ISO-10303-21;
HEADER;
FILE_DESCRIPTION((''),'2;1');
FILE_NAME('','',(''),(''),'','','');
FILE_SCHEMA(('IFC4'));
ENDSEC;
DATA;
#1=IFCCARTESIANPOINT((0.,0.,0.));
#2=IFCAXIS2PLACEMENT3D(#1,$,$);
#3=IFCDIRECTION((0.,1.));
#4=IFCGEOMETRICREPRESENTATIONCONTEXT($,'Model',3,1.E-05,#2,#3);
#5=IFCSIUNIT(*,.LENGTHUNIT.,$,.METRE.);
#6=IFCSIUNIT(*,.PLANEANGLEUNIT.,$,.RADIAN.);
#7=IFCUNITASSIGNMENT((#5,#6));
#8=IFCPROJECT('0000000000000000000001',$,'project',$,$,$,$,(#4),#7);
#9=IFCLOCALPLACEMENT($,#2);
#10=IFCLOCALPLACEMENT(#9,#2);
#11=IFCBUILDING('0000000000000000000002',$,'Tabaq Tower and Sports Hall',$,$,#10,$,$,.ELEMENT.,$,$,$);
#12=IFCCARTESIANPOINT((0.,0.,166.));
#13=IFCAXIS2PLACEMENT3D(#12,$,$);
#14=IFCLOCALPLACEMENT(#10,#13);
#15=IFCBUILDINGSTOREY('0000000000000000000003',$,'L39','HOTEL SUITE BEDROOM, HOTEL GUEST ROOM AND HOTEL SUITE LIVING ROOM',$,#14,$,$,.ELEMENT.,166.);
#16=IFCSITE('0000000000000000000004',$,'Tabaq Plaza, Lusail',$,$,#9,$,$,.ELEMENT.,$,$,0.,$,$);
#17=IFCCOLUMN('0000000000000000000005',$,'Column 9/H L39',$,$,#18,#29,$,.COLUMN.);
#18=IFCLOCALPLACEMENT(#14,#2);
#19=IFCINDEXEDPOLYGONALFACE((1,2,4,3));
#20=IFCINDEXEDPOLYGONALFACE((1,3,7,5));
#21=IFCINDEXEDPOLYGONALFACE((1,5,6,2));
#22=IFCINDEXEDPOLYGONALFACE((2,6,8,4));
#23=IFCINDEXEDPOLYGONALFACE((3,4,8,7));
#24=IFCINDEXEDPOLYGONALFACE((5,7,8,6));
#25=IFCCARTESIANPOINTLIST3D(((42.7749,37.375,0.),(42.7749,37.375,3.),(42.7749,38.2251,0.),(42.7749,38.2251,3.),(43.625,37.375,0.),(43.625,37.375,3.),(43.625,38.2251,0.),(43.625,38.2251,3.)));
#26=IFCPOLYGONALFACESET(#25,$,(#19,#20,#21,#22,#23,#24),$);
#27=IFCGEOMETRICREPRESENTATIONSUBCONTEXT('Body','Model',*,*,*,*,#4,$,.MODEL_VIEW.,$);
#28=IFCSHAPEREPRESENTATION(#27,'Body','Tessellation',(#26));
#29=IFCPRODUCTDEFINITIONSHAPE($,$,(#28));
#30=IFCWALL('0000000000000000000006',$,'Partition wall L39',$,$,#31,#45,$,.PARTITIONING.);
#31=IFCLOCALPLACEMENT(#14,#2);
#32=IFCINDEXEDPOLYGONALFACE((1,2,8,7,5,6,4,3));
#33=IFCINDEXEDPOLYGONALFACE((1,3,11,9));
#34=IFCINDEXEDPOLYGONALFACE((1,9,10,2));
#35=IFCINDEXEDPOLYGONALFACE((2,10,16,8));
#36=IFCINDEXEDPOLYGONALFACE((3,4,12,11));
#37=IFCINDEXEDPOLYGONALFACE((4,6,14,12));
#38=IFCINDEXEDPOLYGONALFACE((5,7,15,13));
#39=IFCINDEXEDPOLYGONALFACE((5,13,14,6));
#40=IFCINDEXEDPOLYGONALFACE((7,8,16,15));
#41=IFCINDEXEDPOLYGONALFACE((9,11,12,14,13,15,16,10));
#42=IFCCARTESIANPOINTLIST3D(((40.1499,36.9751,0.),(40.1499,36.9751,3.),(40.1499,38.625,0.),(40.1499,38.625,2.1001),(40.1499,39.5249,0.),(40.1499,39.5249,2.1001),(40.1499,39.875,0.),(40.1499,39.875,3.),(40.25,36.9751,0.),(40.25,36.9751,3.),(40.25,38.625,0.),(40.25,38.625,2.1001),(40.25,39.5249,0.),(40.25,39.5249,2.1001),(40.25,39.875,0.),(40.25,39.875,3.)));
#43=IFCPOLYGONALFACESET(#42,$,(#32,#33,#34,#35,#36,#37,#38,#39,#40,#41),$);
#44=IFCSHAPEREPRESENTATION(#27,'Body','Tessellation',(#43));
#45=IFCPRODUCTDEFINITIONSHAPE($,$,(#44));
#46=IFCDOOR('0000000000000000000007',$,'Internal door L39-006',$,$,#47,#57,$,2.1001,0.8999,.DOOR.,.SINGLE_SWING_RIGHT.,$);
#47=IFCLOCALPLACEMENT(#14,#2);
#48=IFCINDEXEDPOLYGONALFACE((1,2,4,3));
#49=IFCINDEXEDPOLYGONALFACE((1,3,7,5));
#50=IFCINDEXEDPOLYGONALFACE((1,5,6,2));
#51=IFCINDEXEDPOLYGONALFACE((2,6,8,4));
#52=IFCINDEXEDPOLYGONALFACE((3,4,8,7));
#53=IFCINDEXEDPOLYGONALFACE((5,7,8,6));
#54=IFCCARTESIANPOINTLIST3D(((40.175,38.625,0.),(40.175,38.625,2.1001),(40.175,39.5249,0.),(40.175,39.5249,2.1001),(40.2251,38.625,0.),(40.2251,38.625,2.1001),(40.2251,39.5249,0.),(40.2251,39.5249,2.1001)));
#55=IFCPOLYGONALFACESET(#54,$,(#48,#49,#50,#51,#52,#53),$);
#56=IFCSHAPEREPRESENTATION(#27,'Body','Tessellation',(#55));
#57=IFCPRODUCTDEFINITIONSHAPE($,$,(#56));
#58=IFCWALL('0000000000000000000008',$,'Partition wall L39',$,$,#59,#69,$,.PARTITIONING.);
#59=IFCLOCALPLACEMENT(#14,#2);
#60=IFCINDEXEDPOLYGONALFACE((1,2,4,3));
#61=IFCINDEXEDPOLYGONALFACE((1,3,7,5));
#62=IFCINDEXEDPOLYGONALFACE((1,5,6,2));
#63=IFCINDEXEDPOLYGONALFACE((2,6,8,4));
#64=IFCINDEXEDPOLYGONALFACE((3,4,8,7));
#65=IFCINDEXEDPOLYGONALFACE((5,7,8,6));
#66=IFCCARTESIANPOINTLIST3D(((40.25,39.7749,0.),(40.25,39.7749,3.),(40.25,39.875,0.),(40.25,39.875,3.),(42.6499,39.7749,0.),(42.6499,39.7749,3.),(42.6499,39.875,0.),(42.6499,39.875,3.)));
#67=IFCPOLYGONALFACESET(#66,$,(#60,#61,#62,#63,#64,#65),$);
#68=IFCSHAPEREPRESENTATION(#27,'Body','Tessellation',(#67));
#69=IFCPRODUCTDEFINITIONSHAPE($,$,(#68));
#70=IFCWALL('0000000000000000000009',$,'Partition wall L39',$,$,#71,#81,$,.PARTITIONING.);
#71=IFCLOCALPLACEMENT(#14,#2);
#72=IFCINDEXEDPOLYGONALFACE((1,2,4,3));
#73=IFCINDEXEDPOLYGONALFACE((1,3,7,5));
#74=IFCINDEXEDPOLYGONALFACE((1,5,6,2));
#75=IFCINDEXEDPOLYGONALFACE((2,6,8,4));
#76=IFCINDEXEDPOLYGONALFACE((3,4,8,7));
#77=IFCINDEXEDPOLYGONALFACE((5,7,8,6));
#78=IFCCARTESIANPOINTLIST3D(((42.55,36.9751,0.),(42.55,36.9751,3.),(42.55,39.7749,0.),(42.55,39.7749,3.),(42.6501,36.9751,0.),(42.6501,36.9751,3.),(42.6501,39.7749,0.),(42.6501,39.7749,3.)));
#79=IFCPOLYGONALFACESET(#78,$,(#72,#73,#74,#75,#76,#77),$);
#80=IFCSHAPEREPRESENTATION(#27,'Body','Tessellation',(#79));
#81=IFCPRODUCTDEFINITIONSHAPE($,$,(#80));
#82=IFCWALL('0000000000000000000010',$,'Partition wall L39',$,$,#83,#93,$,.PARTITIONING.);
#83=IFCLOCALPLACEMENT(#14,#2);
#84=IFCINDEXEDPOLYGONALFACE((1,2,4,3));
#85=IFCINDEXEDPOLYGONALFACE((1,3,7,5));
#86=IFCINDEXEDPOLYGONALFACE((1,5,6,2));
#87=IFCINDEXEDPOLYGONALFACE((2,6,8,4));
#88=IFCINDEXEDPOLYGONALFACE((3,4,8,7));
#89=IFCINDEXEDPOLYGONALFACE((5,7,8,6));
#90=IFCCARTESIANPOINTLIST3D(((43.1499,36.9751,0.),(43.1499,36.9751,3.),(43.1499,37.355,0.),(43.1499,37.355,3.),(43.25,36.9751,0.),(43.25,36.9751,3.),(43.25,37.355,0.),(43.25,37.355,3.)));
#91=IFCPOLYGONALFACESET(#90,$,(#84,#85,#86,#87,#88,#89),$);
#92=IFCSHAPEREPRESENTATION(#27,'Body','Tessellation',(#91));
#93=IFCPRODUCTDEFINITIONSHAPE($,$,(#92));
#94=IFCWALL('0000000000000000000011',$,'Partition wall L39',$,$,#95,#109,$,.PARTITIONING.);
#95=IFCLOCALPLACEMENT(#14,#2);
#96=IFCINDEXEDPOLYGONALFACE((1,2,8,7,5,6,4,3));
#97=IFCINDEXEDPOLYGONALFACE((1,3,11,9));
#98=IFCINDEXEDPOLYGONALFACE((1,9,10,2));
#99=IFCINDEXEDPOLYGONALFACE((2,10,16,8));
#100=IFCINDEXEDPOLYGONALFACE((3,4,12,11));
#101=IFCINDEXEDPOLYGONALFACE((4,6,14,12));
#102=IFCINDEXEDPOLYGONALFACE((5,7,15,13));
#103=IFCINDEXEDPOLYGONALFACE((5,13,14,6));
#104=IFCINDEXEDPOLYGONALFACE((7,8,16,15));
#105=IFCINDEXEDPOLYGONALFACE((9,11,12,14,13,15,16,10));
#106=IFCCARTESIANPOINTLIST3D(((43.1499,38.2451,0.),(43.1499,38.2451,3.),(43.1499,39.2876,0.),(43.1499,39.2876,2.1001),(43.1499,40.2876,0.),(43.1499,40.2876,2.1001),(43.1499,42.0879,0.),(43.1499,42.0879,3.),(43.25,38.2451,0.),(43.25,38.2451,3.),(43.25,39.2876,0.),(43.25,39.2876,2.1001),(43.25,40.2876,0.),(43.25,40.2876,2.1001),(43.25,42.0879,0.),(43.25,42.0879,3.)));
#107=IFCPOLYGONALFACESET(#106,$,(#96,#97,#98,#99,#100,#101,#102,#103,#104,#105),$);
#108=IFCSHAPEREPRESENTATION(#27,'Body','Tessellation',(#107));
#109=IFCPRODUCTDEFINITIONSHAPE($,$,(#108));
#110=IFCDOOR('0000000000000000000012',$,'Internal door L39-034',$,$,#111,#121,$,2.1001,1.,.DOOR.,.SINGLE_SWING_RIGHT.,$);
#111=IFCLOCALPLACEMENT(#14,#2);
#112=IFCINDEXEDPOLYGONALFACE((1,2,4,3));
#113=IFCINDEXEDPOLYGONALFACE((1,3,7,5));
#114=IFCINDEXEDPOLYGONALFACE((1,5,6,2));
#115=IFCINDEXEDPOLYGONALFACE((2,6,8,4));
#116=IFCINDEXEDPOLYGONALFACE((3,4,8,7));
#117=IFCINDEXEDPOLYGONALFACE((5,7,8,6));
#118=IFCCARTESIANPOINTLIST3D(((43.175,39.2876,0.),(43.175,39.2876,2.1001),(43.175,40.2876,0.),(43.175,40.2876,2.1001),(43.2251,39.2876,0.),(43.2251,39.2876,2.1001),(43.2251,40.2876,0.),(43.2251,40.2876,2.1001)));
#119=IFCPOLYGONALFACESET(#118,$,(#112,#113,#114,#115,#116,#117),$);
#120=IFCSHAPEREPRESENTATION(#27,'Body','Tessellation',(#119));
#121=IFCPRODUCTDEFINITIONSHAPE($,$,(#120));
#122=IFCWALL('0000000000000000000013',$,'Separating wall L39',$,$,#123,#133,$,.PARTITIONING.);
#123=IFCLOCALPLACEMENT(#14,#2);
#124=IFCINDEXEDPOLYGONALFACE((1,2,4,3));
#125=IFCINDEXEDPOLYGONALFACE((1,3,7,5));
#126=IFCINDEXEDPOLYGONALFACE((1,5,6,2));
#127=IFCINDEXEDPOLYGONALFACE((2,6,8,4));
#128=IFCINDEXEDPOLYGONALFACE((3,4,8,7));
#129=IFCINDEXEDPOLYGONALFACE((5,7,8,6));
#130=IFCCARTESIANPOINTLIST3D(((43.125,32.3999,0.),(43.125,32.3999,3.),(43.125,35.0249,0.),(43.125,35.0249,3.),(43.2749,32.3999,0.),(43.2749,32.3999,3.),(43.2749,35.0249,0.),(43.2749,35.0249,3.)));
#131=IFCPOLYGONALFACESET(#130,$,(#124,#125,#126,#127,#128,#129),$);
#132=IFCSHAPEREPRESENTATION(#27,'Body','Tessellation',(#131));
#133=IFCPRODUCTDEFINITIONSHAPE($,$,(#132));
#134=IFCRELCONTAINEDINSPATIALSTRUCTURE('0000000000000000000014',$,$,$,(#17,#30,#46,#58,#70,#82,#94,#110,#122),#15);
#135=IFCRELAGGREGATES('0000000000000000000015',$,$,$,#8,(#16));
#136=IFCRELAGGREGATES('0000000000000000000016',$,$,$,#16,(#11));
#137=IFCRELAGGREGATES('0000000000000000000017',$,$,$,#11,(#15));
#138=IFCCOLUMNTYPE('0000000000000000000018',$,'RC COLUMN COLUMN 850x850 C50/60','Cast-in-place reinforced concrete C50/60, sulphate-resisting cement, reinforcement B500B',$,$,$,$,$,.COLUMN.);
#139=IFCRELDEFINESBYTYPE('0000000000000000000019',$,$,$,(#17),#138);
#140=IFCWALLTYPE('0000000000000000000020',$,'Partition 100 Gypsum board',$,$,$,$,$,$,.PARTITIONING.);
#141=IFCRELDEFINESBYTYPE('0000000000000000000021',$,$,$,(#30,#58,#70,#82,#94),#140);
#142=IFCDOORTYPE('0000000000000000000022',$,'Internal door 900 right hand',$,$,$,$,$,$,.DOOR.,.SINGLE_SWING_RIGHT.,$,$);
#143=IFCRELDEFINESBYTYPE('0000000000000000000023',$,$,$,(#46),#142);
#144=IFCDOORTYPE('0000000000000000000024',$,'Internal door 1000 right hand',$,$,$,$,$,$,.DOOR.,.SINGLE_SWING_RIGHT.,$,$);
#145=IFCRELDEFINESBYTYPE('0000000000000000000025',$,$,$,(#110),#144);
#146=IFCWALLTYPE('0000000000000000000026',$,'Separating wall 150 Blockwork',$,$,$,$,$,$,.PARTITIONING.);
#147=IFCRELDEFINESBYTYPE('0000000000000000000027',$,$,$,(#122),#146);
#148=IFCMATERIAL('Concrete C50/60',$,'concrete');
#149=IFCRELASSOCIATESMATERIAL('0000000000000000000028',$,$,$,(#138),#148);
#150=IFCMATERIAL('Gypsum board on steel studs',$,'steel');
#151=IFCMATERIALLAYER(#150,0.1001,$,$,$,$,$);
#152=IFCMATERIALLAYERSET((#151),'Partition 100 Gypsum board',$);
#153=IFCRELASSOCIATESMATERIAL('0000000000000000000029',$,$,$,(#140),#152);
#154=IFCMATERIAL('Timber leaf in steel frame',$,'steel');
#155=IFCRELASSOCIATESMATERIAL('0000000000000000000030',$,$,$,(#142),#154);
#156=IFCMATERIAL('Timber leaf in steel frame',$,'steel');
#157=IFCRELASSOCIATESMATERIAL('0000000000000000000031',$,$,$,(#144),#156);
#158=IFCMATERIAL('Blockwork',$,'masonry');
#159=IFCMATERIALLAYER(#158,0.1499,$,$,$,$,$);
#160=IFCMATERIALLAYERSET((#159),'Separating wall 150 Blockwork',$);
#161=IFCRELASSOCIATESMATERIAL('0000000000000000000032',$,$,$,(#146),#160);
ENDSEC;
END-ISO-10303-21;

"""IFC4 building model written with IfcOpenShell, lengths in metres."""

from ifc_helpers import new_model, si_unit, direction, frame, frame_2d, origin, origin_2d, place, context, subcontext, project, spatial, rectangle, extrude, material, layer, layer_set, material_profile, profile_set, type_object, element, fill, save


model = new_model("IFC4")

# Units and contexts
model_context = context("Model", 3, precision=1e-05, world=origin(), true_north=direction((0.0, 1.0)))
body_context = subcontext(model_context, "Body", "Model", "MODEL_VIEW")
ifc_project = project(units=[si_unit("LENGTHUNIT", "METRE"), si_unit("PLANEANGLEUNIT", "RADIAN")], contexts=[model_context])

# Site, building, storey
site_placement = place(None, origin())
site = spatial("IfcSite", under=ifc_project, at=site_placement, Name="Tabaq Plaza, Lusail", CompositionType="ELEMENT", RefElevation=0.0)
building_placement = place(site_placement, origin())
building = spatial("IfcBuilding", under=site, at=building_placement, Name="Tabaq Tower and Sports Hall", CompositionType="ELEMENT")
storey_placement = place(building_placement, frame((0.0, 0.0, 166.0)))
storey = spatial("IfcBuildingStorey", under=building, at=storey_placement, Name="L39", Description="HOTEL SUITE BEDROOM, HOTEL GUEST ROOM AND HOTEL SUITE LIVING ROOM", CompositionType="ELEMENT", Elevation=166.0)

# Column
ifc_material_1 = material(Name="Concrete C50/60", Category="concrete")
ifc_material_profile = material_profile(ifc_material_1, rectangle(XDim=0.8501, YDim=0.8501, at=origin_2d()), Name="COLUMN 850x850")
ifc_profile_set = profile_set([ifc_material_profile], Name="Concrete C50/60")
column_type = type_object("IfcColumnType", Name="RC COLUMN COLUMN 850x850 C50/60", Description="Cast-in-place reinforced concrete C50/60, sulphate-resisting cement, reinforcement B500B", PredefinedType="COLUMN", material=ifc_profile_set)
column_placement = place(storey_placement, frame((43.2, 37.8, 0.0), z_axis=(0.0, 0.0, 1.0), x_axis=(1.0, 0.0, 0.0)))
element("IfcColumn", 1, at=column_placement, inside=storey, type_object=column_type, Name="Column 9/H L39", PredefinedType="COLUMN", context=body_context, shape_type="SweptSolid", body=[
    extrude(rectangle(XDim=0.8501, YDim=0.8501, at=origin_2d()), origin(), (0.0, 0.0, 1.0), 3.0),
])

# Wall, opening, door
ifc_material_2 = material(Name="Gypsum board on steel studs", Category="steel")
ifc_layer_1 = layer(ifc_material_2, 0.1001)
ifc_layer_set_1 = layer_set([ifc_layer_1], Name="Partition 100 Gypsum board")
wall_type_1 = type_object("IfcWallType", Name="Partition 100 Gypsum board", PredefinedType="PARTITIONING", material=ifc_layer_set_1)
wall_1_placement = place(storey_placement, frame((40.2, 36.9751, 0.0), z_axis=(0.0, 0.0, 1.0), x_axis=(0.0, 1.0, 0.0)))
wall_1 = element("IfcWall", 2, at=wall_1_placement, inside=storey, type_object=wall_type_1, Name="Partition wall L39", PredefinedType="PARTITIONING", context=body_context, shape_type="SweptSolid", body=[
    extrude(rectangle(XDim=2.8999, YDim=0.1001, at=frame_2d((1.45, 0.0))), origin(), (0.0, 0.0, 1.0), 3.0),
])
opening_1_placement = place(wall_1_placement, frame((1.6499, 0.0, 0.0)))
opening_1 = element("IfcOpeningElement", 3, at=opening_1_placement, cuts=wall_1, PredefinedType="OPENING", context=body_context, shape_type="SweptSolid", body=[
    extrude(rectangle(XDim=0.8999, YDim=2.1001, at=frame_2d((0.45, 1.05))), frame((0.0, 0.05, 0.0), z_axis=(0.0, -1.0, 0.0), x_axis=(1.0, 0.0, 0.0)), (0.0, 0.0, 1.0), 0.1001),
])
ifc_material_3 = material(Name="Timber leaf in steel frame", Category="steel")
door_type_1 = type_object("IfcDoorType", Name="Internal door 900 right hand", OperationType="SINGLE_SWING_RIGHT", PredefinedType="DOOR", material=ifc_material_3)
door_1_placement = place(opening_1_placement, origin())
door_1 = element("IfcDoor", 4, at=door_1_placement, inside=storey, type_object=door_type_1, Name="Internal door L39-006", OperationType="SINGLE_SWING_RIGHT", OverallHeight=2.1001, OverallWidth=0.8999, PredefinedType="DOOR", context=body_context, shape_type="SweptSolid", body=[
    extrude(rectangle(XDim=0.8999, YDim=2.1001, at=frame_2d((0.45, 1.05))), frame((0.0, 0.0249, 0.0), z_axis=(0.0, -1.0, 0.0), x_axis=(1.0, 0.0, 0.0)), (0.0, 0.0, 1.0), 0.05),
])
fill(opening_1, door_1)

# Walls
wall_2_placement = place(storey_placement, frame((40.25, 39.825, 0.0), z_axis=(0.0, 0.0, 1.0), x_axis=(1.0, 0.0, 0.0)))
element("IfcWall", 5, at=wall_2_placement, inside=storey, type_object=wall_type_1, Name="Partition wall L39", PredefinedType="PARTITIONING", context=body_context, shape_type="SweptSolid", body=[
    extrude(rectangle(XDim=2.3999, YDim=0.1001, at=frame_2d((1.2, 0.0))), origin(), (0.0, 0.0, 1.0), 3.0),
])
wall_3_placement = place(storey_placement, frame((42.6001, 39.7749, 0.0), z_axis=(0.0, 0.0, 1.0), x_axis=(0.0, -1.0, 0.0)))
element("IfcWall", 6, at=wall_3_placement, inside=storey, type_object=wall_type_1, Name="Partition wall L39", PredefinedType="PARTITIONING", context=body_context, shape_type="SweptSolid", body=[
    extrude(rectangle(XDim=2.7998, YDim=0.1001, at=frame_2d((1.3999, 0.0))), origin(), (0.0, 0.0, 1.0), 3.0),
])
wall_4_placement = place(storey_placement, frame((43.2, 36.9751, 0.0), z_axis=(0.0, 0.0, 1.0), x_axis=(0.0, 1.0, 0.0)))
element("IfcWall", 7, at=wall_4_placement, inside=storey, type_object=wall_type_1, Name="Partition wall L39", PredefinedType="PARTITIONING", context=body_context, shape_type="SweptSolid", body=[
    extrude(rectangle(XDim=0.3799, YDim=0.1001, at=frame_2d((0.1899, 0.0))), origin(), (0.0, 0.0, 1.0), 3.0),
])

# Wall, opening, door
wall_5_placement = place(storey_placement, frame((43.2, 38.2451, 0.0), z_axis=(0.0, 0.0, 1.0), x_axis=(0.0, 1.0, 0.0)))
wall_5 = element("IfcWall", 8, at=wall_5_placement, inside=storey, type_object=wall_type_1, Name="Partition wall L39", PredefinedType="PARTITIONING", context=body_context, shape_type="SweptSolid", body=[
    extrude(rectangle(XDim=3.8428, YDim=0.1001, at=frame_2d((1.9214, 0.0))), origin(), (0.0, 0.0, 1.0), 3.0),
])
opening_2_placement = place(wall_5_placement, frame((1.0425, 0.0, 0.0)))
opening_2 = element("IfcOpeningElement", 9, at=opening_2_placement, cuts=wall_5, PredefinedType="OPENING", context=body_context, shape_type="SweptSolid", body=[
    extrude(rectangle(XDim=1.0, YDim=2.1001, at=frame_2d((0.5, 1.05))), frame((0.0, 0.05, 0.0), z_axis=(0.0, -1.0, 0.0), x_axis=(1.0, 0.0, 0.0)), (0.0, 0.0, 1.0), 0.1001),
])
ifc_material_4 = material(Name="Timber leaf in steel frame", Category="steel")
door_type_2 = type_object("IfcDoorType", Name="Internal door 1000 right hand", OperationType="SINGLE_SWING_RIGHT", PredefinedType="DOOR", material=ifc_material_4)
door_2_placement = place(opening_2_placement, origin())
door_2 = element("IfcDoor", 10, at=door_2_placement, inside=storey, type_object=door_type_2, Name="Internal door L39-034", OperationType="SINGLE_SWING_RIGHT", OverallHeight=2.1001, OverallWidth=1.0, PredefinedType="DOOR", context=body_context, shape_type="SweptSolid", body=[
    extrude(rectangle(XDim=1.0, YDim=2.1001, at=frame_2d((0.5, 1.05))), frame((0.0, 0.0249, 0.0), z_axis=(0.0, -1.0, 0.0), x_axis=(1.0, 0.0, 0.0)), (0.0, 0.0, 1.0), 0.05),
])
fill(opening_2, door_2)

# Wall
ifc_material_5 = material(Name="Blockwork", Category="masonry")
ifc_layer_2 = layer(ifc_material_5, 0.1499)
ifc_layer_set_2 = layer_set([ifc_layer_2], Name="Separating wall 150 Blockwork")
wall_type_2 = type_object("IfcWallType", Name="Separating wall 150 Blockwork", PredefinedType="PARTITIONING", material=ifc_layer_set_2)
wall_6_placement = place(storey_placement, frame((43.2, 35.0249, 0.0), z_axis=(0.0, 0.0, 1.0), x_axis=(0.0, -1.0, 0.0)))
element("IfcWall", 11, at=wall_6_placement, inside=storey, type_object=wall_type_2, Name="Separating wall L39", PredefinedType="PARTITIONING", context=body_context, shape_type="SweptSolid", body=[
    extrude(rectangle(XDim=2.625, YDim=0.1499, at=frame_2d((1.3125, 0.0))), origin(), (0.0, 0.0, 1.0), 3.0),
])

save(model, "model.ifc")
